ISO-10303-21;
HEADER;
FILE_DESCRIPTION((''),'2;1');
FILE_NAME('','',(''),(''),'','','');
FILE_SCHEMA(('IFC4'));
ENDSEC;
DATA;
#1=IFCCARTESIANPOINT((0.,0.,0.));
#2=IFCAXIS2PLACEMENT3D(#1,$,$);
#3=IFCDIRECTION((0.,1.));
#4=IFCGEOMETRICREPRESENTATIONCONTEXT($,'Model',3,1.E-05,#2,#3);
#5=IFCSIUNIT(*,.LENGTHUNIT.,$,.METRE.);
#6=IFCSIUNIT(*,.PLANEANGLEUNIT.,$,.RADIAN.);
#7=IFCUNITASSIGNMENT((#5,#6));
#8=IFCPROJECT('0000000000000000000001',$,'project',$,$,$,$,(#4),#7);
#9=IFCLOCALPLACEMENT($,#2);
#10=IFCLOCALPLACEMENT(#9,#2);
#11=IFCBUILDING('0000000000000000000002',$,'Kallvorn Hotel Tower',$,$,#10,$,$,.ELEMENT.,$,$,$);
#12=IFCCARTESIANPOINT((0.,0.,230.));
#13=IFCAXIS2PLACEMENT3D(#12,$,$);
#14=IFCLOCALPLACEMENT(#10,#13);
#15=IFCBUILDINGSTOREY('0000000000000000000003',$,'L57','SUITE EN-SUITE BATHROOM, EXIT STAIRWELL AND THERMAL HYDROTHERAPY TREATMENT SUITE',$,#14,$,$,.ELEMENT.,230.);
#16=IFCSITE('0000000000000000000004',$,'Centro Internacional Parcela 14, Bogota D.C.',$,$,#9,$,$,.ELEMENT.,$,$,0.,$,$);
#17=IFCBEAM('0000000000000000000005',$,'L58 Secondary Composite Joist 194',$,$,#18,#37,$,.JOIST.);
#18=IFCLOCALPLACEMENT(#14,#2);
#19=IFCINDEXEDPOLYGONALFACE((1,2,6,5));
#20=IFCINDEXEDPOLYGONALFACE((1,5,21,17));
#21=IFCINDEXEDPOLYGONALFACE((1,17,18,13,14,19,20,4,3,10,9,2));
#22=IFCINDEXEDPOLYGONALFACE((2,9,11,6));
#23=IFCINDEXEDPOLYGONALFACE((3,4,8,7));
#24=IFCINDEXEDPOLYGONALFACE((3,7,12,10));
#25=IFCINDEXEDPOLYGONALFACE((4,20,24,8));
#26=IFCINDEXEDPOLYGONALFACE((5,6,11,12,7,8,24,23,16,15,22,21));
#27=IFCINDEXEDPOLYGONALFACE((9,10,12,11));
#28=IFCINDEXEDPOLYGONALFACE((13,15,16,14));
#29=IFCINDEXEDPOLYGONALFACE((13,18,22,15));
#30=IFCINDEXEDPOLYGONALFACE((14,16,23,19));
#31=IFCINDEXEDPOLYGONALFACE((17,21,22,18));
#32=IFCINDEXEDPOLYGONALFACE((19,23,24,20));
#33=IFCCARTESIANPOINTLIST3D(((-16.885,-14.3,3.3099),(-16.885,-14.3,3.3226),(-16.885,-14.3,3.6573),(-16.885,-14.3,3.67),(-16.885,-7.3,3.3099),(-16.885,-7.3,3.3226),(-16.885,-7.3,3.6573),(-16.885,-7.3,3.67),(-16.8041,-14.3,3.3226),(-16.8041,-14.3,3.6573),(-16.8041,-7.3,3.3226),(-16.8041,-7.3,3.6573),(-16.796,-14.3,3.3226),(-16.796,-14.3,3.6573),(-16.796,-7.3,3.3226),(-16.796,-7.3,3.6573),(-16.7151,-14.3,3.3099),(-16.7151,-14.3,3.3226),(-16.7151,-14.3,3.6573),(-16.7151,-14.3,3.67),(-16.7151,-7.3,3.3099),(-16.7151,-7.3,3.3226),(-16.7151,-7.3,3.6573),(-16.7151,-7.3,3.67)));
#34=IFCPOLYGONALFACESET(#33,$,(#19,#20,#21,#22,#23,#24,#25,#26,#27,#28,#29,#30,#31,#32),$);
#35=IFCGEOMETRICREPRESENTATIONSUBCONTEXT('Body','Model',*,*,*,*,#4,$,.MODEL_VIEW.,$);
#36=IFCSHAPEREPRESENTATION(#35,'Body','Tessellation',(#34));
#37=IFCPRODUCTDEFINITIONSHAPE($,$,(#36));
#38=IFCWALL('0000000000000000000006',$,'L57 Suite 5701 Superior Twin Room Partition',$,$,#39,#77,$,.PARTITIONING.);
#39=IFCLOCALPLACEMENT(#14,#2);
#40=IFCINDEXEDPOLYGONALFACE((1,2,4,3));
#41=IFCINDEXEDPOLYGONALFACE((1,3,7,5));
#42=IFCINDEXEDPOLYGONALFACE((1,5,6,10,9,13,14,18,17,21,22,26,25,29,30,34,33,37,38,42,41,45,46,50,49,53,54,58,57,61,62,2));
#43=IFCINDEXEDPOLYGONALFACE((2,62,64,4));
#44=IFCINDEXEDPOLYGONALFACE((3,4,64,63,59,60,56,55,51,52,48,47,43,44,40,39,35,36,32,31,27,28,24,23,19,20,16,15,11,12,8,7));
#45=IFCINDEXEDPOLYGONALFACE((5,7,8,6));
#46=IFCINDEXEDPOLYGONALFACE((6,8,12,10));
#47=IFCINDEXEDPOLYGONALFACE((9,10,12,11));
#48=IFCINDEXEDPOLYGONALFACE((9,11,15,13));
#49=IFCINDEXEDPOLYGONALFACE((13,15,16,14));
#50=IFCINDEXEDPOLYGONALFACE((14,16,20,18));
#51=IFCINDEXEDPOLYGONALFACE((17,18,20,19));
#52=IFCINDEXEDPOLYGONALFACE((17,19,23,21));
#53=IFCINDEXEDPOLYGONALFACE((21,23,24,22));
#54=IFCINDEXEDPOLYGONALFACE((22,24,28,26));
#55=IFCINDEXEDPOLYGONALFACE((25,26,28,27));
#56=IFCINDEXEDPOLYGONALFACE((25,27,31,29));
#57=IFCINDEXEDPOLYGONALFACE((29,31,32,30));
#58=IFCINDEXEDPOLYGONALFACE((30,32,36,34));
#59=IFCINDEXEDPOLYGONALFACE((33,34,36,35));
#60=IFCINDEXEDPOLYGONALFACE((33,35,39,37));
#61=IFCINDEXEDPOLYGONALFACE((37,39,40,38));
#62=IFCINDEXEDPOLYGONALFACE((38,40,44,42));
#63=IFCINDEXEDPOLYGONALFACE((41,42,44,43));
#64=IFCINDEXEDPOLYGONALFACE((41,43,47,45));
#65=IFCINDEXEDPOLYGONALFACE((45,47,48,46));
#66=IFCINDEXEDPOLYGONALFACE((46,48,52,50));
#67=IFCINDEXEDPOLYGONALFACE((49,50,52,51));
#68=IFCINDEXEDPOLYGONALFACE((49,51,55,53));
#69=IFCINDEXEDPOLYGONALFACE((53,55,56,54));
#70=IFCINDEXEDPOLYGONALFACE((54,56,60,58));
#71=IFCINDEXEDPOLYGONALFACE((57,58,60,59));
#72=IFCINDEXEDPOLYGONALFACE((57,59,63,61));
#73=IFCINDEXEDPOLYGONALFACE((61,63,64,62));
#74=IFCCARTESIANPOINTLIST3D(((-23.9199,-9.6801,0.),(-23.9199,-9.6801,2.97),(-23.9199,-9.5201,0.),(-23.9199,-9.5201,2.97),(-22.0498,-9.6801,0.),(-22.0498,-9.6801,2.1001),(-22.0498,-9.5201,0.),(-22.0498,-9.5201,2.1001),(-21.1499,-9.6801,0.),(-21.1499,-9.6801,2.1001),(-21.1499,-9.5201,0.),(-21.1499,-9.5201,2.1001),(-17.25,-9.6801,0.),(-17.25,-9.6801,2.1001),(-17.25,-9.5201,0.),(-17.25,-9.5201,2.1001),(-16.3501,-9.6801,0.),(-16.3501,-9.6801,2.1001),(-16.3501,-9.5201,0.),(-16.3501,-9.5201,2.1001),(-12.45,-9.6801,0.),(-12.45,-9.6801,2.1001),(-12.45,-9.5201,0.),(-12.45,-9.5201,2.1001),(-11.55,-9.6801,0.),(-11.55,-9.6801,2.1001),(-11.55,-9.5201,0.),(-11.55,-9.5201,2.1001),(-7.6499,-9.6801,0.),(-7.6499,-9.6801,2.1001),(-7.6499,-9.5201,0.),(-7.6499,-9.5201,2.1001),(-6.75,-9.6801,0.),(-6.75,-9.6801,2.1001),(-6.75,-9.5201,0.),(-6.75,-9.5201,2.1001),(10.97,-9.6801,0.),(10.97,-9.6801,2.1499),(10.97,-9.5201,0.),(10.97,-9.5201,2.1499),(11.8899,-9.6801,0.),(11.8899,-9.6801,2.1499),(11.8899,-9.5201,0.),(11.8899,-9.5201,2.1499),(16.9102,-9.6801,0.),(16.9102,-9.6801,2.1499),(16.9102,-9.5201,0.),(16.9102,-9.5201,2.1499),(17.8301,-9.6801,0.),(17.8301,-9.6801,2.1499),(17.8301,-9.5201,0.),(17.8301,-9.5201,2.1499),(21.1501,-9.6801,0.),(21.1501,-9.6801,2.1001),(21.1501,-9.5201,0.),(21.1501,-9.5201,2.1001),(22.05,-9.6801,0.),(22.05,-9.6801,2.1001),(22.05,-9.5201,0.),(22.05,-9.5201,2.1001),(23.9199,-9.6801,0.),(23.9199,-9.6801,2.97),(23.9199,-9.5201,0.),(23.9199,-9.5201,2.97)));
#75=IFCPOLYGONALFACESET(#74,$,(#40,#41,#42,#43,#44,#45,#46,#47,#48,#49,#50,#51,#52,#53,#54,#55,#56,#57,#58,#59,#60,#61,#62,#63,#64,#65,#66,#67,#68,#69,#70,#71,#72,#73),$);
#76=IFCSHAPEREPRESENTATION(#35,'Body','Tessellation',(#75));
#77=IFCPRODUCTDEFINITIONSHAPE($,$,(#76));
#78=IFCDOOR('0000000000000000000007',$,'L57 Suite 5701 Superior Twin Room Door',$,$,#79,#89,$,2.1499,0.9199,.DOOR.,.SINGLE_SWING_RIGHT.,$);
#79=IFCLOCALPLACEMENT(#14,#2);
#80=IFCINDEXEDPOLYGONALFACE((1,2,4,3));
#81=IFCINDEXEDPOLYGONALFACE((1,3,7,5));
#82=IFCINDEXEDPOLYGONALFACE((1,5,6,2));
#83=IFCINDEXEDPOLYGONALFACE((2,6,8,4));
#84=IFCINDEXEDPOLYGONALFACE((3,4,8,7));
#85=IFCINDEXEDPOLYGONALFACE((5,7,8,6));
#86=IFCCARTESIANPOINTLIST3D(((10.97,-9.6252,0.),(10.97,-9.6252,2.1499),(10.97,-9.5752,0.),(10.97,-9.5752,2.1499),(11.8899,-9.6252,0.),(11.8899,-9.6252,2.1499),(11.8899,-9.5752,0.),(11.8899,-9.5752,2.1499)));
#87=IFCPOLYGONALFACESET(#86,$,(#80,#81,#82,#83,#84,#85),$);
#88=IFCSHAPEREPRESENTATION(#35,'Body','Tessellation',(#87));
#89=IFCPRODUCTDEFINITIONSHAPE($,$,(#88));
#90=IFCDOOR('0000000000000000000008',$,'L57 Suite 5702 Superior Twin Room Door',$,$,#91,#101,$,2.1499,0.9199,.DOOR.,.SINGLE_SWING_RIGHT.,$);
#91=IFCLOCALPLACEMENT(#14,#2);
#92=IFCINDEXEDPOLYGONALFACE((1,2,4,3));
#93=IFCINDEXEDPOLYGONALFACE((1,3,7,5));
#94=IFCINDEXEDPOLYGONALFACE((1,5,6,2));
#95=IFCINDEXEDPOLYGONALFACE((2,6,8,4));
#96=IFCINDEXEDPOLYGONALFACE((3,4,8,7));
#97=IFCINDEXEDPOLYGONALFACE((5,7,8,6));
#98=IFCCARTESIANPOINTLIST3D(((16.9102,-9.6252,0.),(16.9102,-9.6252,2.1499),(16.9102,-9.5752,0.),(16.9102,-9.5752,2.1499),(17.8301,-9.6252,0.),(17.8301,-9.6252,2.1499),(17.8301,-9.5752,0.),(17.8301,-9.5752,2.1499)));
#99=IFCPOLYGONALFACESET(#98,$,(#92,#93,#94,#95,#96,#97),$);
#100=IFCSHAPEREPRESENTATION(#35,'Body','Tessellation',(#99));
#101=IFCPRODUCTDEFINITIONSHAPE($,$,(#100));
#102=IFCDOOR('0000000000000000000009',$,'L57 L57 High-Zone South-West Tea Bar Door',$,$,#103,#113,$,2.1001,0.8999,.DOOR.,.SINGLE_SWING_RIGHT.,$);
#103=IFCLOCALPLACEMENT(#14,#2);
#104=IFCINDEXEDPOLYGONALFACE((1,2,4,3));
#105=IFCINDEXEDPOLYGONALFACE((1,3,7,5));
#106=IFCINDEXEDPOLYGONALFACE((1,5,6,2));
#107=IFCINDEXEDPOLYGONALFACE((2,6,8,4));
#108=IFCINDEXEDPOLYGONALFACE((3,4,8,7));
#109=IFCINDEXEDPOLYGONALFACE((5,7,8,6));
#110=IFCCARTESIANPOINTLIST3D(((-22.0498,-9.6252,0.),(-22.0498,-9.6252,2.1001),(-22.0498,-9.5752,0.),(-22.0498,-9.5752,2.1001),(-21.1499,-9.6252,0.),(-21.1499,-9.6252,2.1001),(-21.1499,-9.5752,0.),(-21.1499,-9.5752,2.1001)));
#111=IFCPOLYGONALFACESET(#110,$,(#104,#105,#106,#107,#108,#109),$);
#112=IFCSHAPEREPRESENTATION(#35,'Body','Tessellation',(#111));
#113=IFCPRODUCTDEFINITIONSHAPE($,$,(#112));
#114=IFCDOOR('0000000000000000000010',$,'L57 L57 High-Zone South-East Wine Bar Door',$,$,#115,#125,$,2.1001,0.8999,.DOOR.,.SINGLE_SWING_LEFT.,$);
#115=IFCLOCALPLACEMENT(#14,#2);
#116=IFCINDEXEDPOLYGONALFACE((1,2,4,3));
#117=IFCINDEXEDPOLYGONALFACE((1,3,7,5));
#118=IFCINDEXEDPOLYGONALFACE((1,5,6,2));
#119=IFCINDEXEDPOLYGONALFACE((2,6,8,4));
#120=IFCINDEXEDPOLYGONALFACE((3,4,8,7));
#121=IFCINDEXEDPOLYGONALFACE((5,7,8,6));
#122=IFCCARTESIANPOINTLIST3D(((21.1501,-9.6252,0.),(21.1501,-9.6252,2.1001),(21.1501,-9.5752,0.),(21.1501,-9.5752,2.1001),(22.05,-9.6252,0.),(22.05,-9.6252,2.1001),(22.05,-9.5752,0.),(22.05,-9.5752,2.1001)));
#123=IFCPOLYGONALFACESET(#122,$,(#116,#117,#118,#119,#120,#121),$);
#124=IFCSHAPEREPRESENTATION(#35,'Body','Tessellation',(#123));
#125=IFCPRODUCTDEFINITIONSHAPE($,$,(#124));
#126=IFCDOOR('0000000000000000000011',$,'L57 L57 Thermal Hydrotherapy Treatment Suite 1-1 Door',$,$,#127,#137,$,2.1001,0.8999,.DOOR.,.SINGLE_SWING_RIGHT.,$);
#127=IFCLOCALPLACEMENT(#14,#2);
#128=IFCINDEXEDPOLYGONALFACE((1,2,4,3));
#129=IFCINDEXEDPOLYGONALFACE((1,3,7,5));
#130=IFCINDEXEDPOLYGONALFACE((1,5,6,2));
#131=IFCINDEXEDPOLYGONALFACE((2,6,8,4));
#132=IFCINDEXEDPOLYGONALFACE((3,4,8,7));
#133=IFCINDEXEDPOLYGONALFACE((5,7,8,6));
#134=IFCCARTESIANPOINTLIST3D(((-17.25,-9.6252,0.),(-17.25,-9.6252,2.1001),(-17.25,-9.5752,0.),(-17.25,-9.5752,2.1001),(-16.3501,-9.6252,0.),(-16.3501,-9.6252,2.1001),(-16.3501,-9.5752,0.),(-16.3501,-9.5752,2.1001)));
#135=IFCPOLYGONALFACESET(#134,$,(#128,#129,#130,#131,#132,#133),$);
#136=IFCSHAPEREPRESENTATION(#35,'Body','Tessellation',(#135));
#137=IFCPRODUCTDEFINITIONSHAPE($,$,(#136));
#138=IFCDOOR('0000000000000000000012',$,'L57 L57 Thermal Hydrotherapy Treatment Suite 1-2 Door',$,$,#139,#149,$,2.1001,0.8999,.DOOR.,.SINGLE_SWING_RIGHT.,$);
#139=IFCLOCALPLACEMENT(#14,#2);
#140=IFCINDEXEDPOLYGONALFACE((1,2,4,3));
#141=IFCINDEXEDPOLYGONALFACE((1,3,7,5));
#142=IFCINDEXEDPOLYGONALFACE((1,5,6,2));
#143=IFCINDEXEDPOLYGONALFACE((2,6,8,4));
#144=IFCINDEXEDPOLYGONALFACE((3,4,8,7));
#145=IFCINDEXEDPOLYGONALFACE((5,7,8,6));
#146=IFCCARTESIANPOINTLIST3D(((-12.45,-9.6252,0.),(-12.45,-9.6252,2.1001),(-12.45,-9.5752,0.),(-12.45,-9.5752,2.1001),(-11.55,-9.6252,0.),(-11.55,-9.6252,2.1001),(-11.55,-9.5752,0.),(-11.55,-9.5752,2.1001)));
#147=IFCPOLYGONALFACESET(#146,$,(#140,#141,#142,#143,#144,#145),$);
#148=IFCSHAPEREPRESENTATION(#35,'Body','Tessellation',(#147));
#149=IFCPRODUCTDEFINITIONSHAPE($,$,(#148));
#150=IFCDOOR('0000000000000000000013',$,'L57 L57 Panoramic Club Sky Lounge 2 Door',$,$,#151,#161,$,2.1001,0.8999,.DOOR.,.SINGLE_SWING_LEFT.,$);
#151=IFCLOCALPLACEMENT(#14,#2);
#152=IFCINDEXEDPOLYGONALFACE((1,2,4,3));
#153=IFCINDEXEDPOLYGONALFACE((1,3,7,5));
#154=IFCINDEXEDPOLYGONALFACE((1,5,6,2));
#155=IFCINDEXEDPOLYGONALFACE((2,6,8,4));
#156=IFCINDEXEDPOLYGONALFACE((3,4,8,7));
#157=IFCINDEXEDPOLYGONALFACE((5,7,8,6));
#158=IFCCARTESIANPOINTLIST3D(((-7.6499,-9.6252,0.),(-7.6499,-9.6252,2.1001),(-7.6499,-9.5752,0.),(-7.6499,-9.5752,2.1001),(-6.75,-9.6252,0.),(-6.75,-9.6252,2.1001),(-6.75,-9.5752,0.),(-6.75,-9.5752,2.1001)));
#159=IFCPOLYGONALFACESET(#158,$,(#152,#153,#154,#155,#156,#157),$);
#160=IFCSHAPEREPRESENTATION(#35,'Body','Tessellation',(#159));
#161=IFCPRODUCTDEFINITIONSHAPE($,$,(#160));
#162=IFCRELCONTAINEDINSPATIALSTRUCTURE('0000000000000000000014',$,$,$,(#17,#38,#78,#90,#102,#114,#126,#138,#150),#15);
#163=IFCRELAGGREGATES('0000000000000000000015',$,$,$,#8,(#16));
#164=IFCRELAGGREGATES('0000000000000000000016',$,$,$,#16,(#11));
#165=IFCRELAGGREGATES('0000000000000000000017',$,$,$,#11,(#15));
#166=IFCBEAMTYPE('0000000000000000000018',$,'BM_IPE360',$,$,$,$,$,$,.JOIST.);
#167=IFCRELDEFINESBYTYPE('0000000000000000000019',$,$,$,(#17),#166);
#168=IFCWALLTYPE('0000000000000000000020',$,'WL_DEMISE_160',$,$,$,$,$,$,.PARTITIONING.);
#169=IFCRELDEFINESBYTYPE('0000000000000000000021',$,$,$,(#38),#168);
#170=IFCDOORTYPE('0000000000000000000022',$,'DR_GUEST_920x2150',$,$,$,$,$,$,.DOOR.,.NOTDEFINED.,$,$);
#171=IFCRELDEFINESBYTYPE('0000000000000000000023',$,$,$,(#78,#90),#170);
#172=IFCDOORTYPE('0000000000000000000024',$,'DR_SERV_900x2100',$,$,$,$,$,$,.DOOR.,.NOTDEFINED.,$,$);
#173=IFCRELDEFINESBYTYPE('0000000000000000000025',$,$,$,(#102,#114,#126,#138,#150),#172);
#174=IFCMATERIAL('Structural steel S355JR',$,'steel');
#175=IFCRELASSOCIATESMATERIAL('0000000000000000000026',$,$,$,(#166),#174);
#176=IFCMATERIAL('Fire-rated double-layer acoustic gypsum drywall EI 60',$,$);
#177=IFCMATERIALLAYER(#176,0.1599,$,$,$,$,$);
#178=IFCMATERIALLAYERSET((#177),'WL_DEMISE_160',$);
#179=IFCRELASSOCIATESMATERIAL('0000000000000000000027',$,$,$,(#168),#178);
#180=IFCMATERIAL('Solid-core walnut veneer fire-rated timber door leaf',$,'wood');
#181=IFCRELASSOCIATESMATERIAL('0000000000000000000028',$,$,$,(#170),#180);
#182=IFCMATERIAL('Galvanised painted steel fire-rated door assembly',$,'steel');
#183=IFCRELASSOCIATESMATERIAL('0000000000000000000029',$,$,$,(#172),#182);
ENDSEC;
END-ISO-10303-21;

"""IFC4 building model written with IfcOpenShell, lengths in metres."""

from ifc_helpers import new_model, si_unit, direction, frame, frame_2d, origin, origin_2d, place, context, subcontext, project, spatial, rectangle, i_section, extrude, material, layer, layer_set, material_profile, profile_set, type_object, element, fill, save


model = new_model("IFC4")

# Units and contexts
model_context = context("Model", 3, precision=1e-05, world=origin(), true_north=direction((0.0, 1.0)))
body_context = subcontext(model_context, "Body", "Model", "MODEL_VIEW")
ifc_project = project(units=[si_unit("LENGTHUNIT", "METRE"), si_unit("PLANEANGLEUNIT", "RADIAN")], contexts=[model_context])

# Site, building, storey
site_placement = place(None, origin())
site = spatial("IfcSite", under=ifc_project, at=site_placement, Name="Centro Internacional Parcela 14, Bogota D.C.", CompositionType="ELEMENT", RefElevation=0.0)
building_placement = place(site_placement, origin())
building = spatial("IfcBuilding", under=site, at=building_placement, Name="Kallvorn Hotel Tower", CompositionType="ELEMENT")
storey_placement = place(building_placement, frame((0.0, 0.0, 230.0)))
storey = spatial("IfcBuildingStorey", under=building, at=storey_placement, Name="L57", Description="SUITE EN-SUITE BATHROOM, EXIT STAIRWELL AND THERMAL HYDROTHERAPY TREATMENT SUITE", CompositionType="ELEMENT", Elevation=230.0)

# Beam
ifc_material_1 = material(Name="Structural steel S355JR", Category="steel")
ifc_material_profile_1 = material_profile(ifc_material_1, i_section(OverallWidth=0.1699, OverallDepth=0.3601, WebThickness=0.0081, FlangeThickness=0.0127, at=origin_2d()), Name="IPE 360")
ifc_profile_set_1 = profile_set([ifc_material_profile_1], Name="Structural steel S355JR")
beam_type_1 = type_object("IfcBeamType", Name="BM_IPE360", PredefinedType="JOIST", material=ifc_profile_set_1)
for number, where, z_axis, x_axis, name in (
    (1, (-16.8, -14.3, 3.49), (0.0, 1.0, 0.0), (-1.0, 0.0, 0.0), "L58 Secondary Composite Joist 194"),
):
    element("IfcBeam", number, at=place(storey_placement, frame(where, z_axis=z_axis, x_axis=x_axis)), inside=storey, type_object=beam_type_1, Name=name, PredefinedType="JOIST", context=body_context, shape_type="SweptSolid", body=[
        extrude(i_section(OverallWidth=0.1699, OverallDepth=0.3601, WebThickness=0.0081, FlangeThickness=0.0127, at=origin_2d()), origin(), (0.0, 0.0, 1.0), 7.0),
    ])

# Wall, openings, doors
ifc_material_2 = material(Name="Fire-rated double-layer acoustic gypsum drywall EI 60")
ifc_layer = layer(ifc_material_2, 0.1599)
ifc_layer_set = layer_set([ifc_layer], Name="WL_DEMISE_160")
wall_type = type_object("IfcWallType", Name="WL_DEMISE_160", PredefinedType="PARTITIONING", material=ifc_layer_set)
wall_placement = place(storey_placement, frame((-23.9199, -9.6001, 0.0), z_axis=(0.0, 0.0, 1.0), x_axis=(1.0, 0.0, 0.0)))
wall = element("IfcWall", 2, at=wall_placement, inside=storey, type_object=wall_type, Name="L57 Suite 5701 Superior Twin Room Partition", PredefinedType="PARTITIONING", context=body_context, shape_type="SweptSolid", body=[
    extrude(rectangle(XDim=47.8398, YDim=0.1599, at=frame_2d((23.9199, 0.0))), origin(), (0.0, 0.0, 1.0), 2.97),
])
opening_1_placement = place(wall_placement, frame((1.8701, 0.0, 0.0)))
opening_1 = element("IfcOpeningElement", 3, at=opening_1_placement, cuts=wall, PredefinedType="OPENING", context=body_context, shape_type="SweptSolid", body=[
    extrude(rectangle(XDim=0.8999, YDim=2.1001, at=frame_2d((0.45, 1.05))), frame((0.0, 0.095, 0.0), z_axis=(0.0, -1.0, 0.0), x_axis=(1.0, 0.0, 0.0)), (0.0, 0.0, 1.0), 0.1899),
])
opening_2_placement = place(wall_placement, frame((45.0701, 0.0, 0.0)))
opening_2 = element("IfcOpeningElement", 4, at=opening_2_placement, cuts=wall, PredefinedType="OPENING", context=body_context, shape_type="SweptSolid", body=[
    extrude(rectangle(XDim=0.8999, YDim=2.1001, at=frame_2d((0.45, 1.05))), frame((0.0, 0.095, 0.0), z_axis=(0.0, -1.0, 0.0), x_axis=(1.0, 0.0, 0.0)), (0.0, 0.0, 1.0), 0.1899),
])
opening_3_placement = place(wall_placement, frame((6.6699, 0.0, 0.0)))
opening_3 = element("IfcOpeningElement", 5, at=opening_3_placement, cuts=wall, PredefinedType="OPENING", context=body_context, shape_type="SweptSolid", body=[
    extrude(rectangle(XDim=0.8999, YDim=2.1001, at=frame_2d((0.45, 1.05))), frame((0.0, 0.095, 0.0), z_axis=(0.0, -1.0, 0.0), x_axis=(1.0, 0.0, 0.0)), (0.0, 0.0, 1.0), 0.1899),
])
opening_4_placement = place(wall_placement, frame((11.47, 0.0, 0.0)))
opening_4 = element("IfcOpeningElement", 6, at=opening_4_placement, cuts=wall, PredefinedType="OPENING", context=body_context, shape_type="SweptSolid", body=[
    extrude(rectangle(XDim=0.8999, YDim=2.1001, at=frame_2d((0.45, 1.05))), frame((0.0, 0.095, 0.0), z_axis=(0.0, -1.0, 0.0), x_axis=(1.0, 0.0, 0.0)), (0.0, 0.0, 1.0), 0.1899),
])
opening_5_placement = place(wall_placement, frame((16.27, 0.0, 0.0)))
opening_5 = element("IfcOpeningElement", 7, at=opening_5_placement, cuts=wall, PredefinedType="OPENING", context=body_context, shape_type="SweptSolid", body=[
    extrude(rectangle(XDim=0.8999, YDim=2.1001, at=frame_2d((0.45, 1.05))), frame((0.0, 0.095, 0.0), z_axis=(0.0, -1.0, 0.0), x_axis=(1.0, 0.0, 0.0)), (0.0, 0.0, 1.0), 0.1899),
])
opening_6_placement = place(wall_placement, frame((34.8899, 0.0, 0.0)))
opening_6 = element("IfcOpeningElement", 8, at=opening_6_placement, cuts=wall, PredefinedType="OPENING", context=body_context, shape_type="SweptSolid", body=[
    extrude(rectangle(XDim=0.9199, YDim=2.1499, at=frame_2d((0.46, 1.075))), frame((0.0, 0.095, 0.0), z_axis=(0.0, -1.0, 0.0), x_axis=(1.0, 0.0, 0.0)), (0.0, 0.0, 1.0), 0.1899),
])
opening_7_placement = place(wall_placement, frame((40.8301, 0.0, 0.0)))
opening_7 = element("IfcOpeningElement", 9, at=opening_7_placement, cuts=wall, PredefinedType="OPENING", context=body_context, shape_type="SweptSolid", body=[
    extrude(rectangle(XDim=0.9199, YDim=2.1499, at=frame_2d((0.46, 1.075))), frame((0.0, 0.095, 0.0), z_axis=(0.0, -1.0, 0.0), x_axis=(1.0, 0.0, 0.0)), (0.0, 0.0, 1.0), 0.1899),
])
ifc_material_3 = material(Name="Solid-core walnut veneer fire-rated timber door leaf", Category="wood")
door_type_1 = type_object("IfcDoorType", Name="DR_GUEST_920x2150", OperationType="NOTDEFINED", PredefinedType="DOOR", material=ifc_material_3)
door_1_placement = place(opening_6_placement, origin())
door_1 = element("IfcDoor", 10, at=door_1_placement, inside=storey, type_object=door_type_1, Name="L57 Suite 5701 Superior Twin Room Door", OperationType="SINGLE_SWING_RIGHT", OverallHeight=2.1499, OverallWidth=0.9199, PredefinedType="DOOR", context=body_context, shape_type="SweptSolid", body=[
    extrude(rectangle(XDim=0.9199, YDim=2.1499, at=frame_2d((0.46, 1.075))), frame((0.0, 0.0249, 0.0), z_axis=(0.0, -1.0, 0.0), x_axis=(1.0, 0.0, 0.0)), (0.0, 0.0, 1.0), 0.05),
])
fill(opening_6, door_1)
door_2_placement = place(opening_7_placement, origin())
door_2 = element("IfcDoor", 11, at=door_2_placement, inside=storey, type_object=door_type_1, Name="L57 Suite 5702 Superior Twin Room Door", OperationType="SINGLE_SWING_RIGHT", OverallHeight=2.1499, OverallWidth=0.9199, PredefinedType="DOOR", context=body_context, shape_type="SweptSolid", body=[
    extrude(rectangle(XDim=0.9199, YDim=2.1499, at=frame_2d((0.46, 1.075))), frame((0.0, 0.0249, 0.0), z_axis=(0.0, -1.0, 0.0), x_axis=(1.0, 0.0, 0.0)), (0.0, 0.0, 1.0), 0.05),
])
fill(opening_7, door_2)
ifc_material_4 = material(Name="Galvanised painted steel fire-rated door assembly", Category="steel")
door_type_2 = type_object("IfcDoorType", Name="DR_SERV_900x2100", OperationType="NOTDEFINED", PredefinedType="DOOR", material=ifc_material_4)
door_3_placement = place(opening_1_placement, origin())
door_3 = element("IfcDoor", 12, at=door_3_placement, inside=storey, type_object=door_type_2, Name="L57 L57 High-Zone South-West Tea Bar Door", OperationType="SINGLE_SWING_RIGHT", OverallHeight=2.1001, OverallWidth=0.8999, PredefinedType="DOOR", context=body_context, shape_type="SweptSolid", body=[
    extrude(rectangle(XDim=0.8999, YDim=2.1001, at=frame_2d((0.45, 1.05))), frame((0.0, 0.0249, 0.0), z_axis=(0.0, -1.0, 0.0), x_axis=(1.0, 0.0, 0.0)), (0.0, 0.0, 1.0), 0.05),
])
fill(opening_1, door_3)
door_4_placement = place(opening_2_placement, origin())
door_4 = element("IfcDoor", 13, at=door_4_placement, inside=storey, type_object=door_type_2, Name="L57 L57 High-Zone South-East Wine Bar Door", OperationType="SINGLE_SWING_LEFT", OverallHeight=2.1001, OverallWidth=0.8999, PredefinedType="DOOR", context=body_context, shape_type="SweptSolid", body=[
    extrude(rectangle(XDim=0.8999, YDim=2.1001, at=frame_2d((0.45, 1.05))), frame((0.0, 0.0249, 0.0), z_axis=(0.0, -1.0, 0.0), x_axis=(1.0, 0.0, 0.0)), (0.0, 0.0, 1.0), 0.05),
])
fill(opening_2, door_4)
door_5_placement = place(opening_3_placement, origin())
door_5 = element("IfcDoor", 14, at=door_5_placement, inside=storey, type_object=door_type_2, Name="L57 L57 Thermal Hydrotherapy Treatment Suite 1-1 Door", OperationType="SINGLE_SWING_RIGHT", OverallHeight=2.1001, OverallWidth=0.8999, PredefinedType="DOOR", context=body_context, shape_type="SweptSolid", body=[
    extrude(rectangle(XDim=0.8999, YDim=2.1001, at=frame_2d((0.45, 1.05))), frame((0.0, 0.0249, 0.0), z_axis=(0.0, -1.0, 0.0), x_axis=(1.0, 0.0, 0.0)), (0.0, 0.0, 1.0), 0.05),
])
fill(opening_3, door_5)
door_6_placement = place(opening_4_placement, origin())
door_6 = element("IfcDoor", 15, at=door_6_placement, inside=storey, type_object=door_type_2, Name="L57 L57 Thermal Hydrotherapy Treatment Suite 1-2 Door", OperationType="SINGLE_SWING_RIGHT", OverallHeight=2.1001, OverallWidth=0.8999, PredefinedType="DOOR", context=body_context, shape_type="SweptSolid", body=[
    extrude(rectangle(XDim=0.8999, YDim=2.1001, at=frame_2d((0.45, 1.05))), frame((0.0, 0.0249, 0.0), z_axis=(0.0, -1.0, 0.0), x_axis=(1.0, 0.0, 0.0)), (0.0, 0.0, 1.0), 0.05),
])
fill(opening_4, door_6)
door_7_placement = place(opening_5_placement, origin())
door_7 = element("IfcDoor", 16, at=door_7_placement, inside=storey, type_object=door_type_2, Name="L57 L57 Panoramic Club Sky Lounge 2 Door", OperationType="SINGLE_SWING_LEFT", OverallHeight=2.1001, OverallWidth=0.8999, PredefinedType="DOOR", context=body_context, shape_type="SweptSolid", body=[
    extrude(rectangle(XDim=0.8999, YDim=2.1001, at=frame_2d((0.45, 1.05))), frame((0.0, 0.0249, 0.0), z_axis=(0.0, -1.0, 0.0), x_axis=(1.0, 0.0, 0.0)), (0.0, 0.0, 1.0), 0.05),
])
fill(opening_5, door_7)

save(model, "model.ifc")
